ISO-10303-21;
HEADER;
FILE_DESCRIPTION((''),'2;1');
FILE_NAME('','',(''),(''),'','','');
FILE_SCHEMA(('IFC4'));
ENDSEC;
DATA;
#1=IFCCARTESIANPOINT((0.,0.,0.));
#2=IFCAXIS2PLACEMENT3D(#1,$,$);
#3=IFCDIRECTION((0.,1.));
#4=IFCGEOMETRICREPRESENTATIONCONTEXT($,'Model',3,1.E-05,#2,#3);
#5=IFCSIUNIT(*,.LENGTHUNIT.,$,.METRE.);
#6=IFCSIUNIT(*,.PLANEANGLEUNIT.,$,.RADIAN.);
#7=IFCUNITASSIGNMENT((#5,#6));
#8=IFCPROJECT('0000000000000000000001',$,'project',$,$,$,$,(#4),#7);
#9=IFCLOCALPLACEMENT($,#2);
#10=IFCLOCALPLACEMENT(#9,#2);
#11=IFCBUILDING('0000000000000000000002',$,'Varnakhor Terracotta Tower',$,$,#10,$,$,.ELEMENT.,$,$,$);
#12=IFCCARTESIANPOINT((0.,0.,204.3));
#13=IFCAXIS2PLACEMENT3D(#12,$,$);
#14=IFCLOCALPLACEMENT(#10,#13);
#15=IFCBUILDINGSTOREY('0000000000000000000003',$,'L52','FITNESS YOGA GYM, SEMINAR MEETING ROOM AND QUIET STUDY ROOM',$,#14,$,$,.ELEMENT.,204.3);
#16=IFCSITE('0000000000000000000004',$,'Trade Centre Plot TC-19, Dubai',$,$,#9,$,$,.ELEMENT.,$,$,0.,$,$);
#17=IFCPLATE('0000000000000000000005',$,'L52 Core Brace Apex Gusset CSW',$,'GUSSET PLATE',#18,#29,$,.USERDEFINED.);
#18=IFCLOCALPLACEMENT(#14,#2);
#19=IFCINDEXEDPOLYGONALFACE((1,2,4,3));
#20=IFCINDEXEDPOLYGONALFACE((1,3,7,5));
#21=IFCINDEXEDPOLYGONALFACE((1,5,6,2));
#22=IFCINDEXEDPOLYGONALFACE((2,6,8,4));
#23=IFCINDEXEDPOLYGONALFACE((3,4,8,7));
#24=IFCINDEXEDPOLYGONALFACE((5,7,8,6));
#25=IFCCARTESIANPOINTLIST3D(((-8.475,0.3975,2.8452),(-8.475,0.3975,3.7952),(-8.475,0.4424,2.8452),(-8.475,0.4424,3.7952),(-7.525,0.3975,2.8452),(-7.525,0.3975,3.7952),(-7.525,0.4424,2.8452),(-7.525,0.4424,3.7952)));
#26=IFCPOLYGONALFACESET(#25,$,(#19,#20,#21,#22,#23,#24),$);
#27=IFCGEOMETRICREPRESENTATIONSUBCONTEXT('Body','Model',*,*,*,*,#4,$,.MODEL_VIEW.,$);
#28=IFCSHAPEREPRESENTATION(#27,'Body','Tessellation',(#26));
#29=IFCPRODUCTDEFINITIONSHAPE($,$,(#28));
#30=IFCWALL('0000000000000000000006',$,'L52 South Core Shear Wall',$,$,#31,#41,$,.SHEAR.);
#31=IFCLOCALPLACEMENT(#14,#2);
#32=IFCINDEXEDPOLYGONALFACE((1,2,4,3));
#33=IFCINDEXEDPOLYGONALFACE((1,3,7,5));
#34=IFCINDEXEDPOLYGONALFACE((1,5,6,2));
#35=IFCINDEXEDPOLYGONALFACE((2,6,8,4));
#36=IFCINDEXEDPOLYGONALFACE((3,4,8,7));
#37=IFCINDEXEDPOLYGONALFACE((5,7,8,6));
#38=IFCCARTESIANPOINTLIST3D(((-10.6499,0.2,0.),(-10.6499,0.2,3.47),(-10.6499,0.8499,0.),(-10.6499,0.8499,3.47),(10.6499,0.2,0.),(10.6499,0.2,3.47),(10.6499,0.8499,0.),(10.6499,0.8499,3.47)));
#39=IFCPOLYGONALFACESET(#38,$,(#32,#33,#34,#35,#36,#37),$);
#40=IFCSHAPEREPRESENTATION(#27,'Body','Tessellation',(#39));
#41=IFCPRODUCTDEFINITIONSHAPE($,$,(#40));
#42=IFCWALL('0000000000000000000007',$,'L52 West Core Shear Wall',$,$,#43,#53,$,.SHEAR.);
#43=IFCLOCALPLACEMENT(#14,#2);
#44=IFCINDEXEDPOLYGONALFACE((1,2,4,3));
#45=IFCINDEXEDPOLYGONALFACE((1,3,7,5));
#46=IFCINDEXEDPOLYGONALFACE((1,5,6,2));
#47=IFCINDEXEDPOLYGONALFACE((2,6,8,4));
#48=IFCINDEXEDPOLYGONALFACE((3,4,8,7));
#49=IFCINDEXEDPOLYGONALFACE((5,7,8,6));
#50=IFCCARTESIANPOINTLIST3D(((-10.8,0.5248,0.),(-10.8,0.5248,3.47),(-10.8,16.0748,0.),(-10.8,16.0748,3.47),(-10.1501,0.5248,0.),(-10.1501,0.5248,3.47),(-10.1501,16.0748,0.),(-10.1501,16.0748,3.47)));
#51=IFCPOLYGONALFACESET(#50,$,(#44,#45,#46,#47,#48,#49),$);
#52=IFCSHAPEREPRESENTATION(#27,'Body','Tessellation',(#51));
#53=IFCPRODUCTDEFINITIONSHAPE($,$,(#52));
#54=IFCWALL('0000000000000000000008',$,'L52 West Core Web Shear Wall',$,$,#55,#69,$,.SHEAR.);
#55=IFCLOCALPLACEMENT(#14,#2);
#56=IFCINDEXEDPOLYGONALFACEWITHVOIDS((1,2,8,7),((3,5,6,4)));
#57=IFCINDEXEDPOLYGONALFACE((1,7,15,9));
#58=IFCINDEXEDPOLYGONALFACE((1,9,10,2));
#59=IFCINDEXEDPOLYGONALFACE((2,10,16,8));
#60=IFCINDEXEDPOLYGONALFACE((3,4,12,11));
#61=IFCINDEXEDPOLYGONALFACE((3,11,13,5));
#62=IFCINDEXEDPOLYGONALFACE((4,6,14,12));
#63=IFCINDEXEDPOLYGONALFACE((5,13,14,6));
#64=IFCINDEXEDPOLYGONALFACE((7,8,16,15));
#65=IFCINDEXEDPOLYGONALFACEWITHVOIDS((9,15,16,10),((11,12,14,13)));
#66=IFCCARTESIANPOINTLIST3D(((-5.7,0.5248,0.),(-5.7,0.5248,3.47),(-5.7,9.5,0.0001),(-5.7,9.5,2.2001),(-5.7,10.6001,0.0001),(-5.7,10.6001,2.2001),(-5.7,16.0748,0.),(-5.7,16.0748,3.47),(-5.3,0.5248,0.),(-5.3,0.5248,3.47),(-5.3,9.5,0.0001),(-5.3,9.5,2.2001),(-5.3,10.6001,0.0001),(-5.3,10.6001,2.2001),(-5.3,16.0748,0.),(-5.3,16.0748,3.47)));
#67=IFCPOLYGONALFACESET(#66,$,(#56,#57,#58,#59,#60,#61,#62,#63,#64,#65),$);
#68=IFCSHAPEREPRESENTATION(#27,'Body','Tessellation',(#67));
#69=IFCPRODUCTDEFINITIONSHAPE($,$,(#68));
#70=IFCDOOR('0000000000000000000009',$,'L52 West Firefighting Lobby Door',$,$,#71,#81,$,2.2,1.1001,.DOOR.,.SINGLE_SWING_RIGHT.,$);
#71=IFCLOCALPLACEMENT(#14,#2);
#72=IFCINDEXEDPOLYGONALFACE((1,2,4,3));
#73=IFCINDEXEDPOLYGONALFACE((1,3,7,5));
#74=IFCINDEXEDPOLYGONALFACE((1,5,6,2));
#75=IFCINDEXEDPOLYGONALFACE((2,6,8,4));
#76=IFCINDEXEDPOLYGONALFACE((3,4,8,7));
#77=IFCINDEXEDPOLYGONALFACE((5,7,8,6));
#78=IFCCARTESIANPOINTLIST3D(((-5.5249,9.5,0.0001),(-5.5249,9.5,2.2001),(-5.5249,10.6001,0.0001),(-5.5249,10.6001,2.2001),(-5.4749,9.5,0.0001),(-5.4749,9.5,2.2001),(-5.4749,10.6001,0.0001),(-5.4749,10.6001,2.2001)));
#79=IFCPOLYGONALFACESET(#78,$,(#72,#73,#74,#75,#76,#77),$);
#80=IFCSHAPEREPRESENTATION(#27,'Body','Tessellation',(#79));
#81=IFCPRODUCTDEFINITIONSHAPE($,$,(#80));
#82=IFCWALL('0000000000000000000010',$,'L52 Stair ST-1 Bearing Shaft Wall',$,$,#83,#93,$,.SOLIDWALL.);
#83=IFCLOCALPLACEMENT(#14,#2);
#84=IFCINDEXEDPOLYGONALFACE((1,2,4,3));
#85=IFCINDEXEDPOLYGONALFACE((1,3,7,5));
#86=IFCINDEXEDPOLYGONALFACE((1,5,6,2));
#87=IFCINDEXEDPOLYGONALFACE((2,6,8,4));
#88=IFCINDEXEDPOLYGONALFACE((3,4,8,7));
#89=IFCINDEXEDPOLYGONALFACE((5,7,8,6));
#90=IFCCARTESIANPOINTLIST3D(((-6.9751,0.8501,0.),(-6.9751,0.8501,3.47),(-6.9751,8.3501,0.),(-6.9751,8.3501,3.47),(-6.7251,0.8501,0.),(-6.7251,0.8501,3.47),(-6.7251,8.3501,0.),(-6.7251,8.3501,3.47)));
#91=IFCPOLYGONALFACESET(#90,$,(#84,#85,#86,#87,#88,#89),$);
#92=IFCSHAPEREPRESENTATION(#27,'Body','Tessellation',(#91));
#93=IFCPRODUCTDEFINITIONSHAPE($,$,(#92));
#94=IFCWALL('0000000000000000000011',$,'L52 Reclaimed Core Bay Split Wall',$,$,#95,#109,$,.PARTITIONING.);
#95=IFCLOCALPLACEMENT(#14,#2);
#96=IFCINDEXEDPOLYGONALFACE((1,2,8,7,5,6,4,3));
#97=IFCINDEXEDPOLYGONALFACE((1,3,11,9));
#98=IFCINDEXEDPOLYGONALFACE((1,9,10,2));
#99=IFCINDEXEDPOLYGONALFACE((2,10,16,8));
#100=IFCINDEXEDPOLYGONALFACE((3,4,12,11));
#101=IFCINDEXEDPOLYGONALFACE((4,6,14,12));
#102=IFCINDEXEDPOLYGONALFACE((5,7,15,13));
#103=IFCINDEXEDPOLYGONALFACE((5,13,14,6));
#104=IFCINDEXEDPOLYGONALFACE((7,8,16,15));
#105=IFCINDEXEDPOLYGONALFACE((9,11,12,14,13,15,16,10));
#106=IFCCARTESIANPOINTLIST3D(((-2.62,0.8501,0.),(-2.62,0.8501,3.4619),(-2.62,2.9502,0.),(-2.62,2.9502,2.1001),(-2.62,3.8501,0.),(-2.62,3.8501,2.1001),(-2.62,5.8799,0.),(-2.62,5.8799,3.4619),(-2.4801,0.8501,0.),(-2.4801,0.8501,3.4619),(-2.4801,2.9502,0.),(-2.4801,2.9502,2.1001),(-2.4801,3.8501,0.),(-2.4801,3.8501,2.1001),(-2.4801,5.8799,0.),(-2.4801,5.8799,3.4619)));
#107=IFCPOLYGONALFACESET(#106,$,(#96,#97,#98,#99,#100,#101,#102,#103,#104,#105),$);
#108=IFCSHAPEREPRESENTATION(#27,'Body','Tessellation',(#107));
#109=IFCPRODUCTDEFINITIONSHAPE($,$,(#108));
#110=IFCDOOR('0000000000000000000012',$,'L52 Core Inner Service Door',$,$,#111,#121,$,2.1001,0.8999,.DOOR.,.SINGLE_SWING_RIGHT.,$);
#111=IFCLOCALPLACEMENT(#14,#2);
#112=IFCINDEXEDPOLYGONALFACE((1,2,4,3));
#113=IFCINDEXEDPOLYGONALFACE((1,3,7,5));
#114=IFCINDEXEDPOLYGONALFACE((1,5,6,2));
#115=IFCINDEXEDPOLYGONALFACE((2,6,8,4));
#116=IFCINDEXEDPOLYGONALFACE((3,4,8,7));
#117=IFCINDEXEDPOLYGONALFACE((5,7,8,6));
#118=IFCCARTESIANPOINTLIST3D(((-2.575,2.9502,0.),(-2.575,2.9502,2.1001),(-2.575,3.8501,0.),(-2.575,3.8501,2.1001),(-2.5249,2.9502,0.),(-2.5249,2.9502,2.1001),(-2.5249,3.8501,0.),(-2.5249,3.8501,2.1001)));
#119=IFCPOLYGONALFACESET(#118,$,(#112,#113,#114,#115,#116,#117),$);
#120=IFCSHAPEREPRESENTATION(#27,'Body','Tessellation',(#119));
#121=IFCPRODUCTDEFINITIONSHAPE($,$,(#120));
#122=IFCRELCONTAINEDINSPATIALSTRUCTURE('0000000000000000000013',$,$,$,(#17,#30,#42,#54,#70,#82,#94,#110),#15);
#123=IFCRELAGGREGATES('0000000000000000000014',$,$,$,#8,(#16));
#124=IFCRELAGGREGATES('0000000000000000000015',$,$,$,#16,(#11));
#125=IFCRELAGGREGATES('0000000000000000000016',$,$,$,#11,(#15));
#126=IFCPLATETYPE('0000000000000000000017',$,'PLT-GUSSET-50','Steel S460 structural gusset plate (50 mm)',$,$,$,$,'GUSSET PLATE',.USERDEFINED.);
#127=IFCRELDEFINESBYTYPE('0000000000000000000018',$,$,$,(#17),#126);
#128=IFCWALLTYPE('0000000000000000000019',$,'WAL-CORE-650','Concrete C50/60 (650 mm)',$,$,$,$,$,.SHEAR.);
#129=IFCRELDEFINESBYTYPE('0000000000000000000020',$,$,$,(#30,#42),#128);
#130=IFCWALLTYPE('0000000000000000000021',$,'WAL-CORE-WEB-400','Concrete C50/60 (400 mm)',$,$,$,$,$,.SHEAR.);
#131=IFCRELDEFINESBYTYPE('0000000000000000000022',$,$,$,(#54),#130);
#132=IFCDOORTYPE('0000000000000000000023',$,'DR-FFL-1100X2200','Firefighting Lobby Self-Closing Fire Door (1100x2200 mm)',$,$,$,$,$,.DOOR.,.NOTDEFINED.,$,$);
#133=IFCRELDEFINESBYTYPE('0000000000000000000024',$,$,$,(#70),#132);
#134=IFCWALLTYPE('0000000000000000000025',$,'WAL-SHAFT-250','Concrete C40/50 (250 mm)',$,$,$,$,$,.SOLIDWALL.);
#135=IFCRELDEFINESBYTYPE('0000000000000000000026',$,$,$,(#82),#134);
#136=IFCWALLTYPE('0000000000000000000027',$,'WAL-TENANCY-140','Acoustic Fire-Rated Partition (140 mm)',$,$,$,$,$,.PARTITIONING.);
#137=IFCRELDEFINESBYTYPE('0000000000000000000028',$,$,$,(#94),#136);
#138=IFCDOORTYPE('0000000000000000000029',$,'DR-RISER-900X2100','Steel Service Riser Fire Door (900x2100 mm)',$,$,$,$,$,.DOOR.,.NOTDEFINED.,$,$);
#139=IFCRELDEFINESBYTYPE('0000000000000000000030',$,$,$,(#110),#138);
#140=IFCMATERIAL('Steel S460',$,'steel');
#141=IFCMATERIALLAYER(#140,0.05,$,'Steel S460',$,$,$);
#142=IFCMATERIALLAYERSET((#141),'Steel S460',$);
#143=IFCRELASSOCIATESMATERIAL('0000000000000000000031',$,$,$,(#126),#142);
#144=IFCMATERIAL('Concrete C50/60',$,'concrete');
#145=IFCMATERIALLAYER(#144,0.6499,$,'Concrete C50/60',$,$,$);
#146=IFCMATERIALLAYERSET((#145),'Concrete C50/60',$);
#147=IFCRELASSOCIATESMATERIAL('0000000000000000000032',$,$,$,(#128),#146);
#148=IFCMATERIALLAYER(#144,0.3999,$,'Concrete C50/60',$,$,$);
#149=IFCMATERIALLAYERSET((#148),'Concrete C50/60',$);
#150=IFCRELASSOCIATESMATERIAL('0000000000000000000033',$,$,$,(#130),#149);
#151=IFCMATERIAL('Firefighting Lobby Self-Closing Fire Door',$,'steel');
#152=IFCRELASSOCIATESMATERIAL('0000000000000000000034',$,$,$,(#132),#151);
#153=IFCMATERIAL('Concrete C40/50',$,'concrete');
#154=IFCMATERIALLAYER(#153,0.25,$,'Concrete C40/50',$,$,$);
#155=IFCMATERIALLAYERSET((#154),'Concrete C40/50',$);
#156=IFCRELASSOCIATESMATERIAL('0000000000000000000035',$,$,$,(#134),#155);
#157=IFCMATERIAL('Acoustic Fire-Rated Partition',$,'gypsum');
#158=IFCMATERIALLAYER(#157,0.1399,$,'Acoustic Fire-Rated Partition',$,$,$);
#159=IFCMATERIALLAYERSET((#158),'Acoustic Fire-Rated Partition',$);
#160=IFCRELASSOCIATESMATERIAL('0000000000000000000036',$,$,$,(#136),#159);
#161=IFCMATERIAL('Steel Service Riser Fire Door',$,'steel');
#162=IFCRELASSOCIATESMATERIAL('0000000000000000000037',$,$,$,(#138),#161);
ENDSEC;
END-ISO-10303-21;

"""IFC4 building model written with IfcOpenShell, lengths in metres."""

from ifc_helpers import new_model, si_unit, direction, frame, frame_2d, origin, origin_2d, place, context, subcontext, project, spatial, rectangle, extrude, source, transform, mapped, material, layer, layer_set, type_object, type_shapes, element, fill, save


model = new_model("IFC4")

# Units and contexts
model_context = context("Model", 3, precision=1e-05, world=origin(), true_north=direction((0.0, 1.0)))
body_context = subcontext(model_context, "Body", "Model", "MODEL_VIEW")
ifc_project = project(units=[si_unit("LENGTHUNIT", "METRE"), si_unit("PLANEANGLEUNIT", "RADIAN")], contexts=[model_context])

# Site, building, storey
site_placement = place(None, origin())
site = spatial("IfcSite", under=ifc_project, at=site_placement, Name="Trade Centre Plot TC-19, Dubai", CompositionType="ELEMENT", RefElevation=0.0)
building_placement = place(site_placement, origin())
building = spatial("IfcBuilding", under=site, at=building_placement, Name="Varnakhor Terracotta Tower", CompositionType="ELEMENT")
storey_placement = place(building_placement, frame((0.0, 0.0, 204.3)))
storey = spatial("IfcBuildingStorey", under=building, at=storey_placement, Name="L52", Description="FITNESS YOGA GYM, SEMINAR MEETING ROOM AND QUIET STUDY ROOM", CompositionType="ELEMENT", Elevation=204.3)

# Shared definitions
ifc_material_1 = material(Name="Concrete C50/60", Category="concrete")

# Shared definitions
ifc_material_2 = material(Name="Steel S460", Category="steel")

# Plate
ifc_layer_1 = layer(ifc_material_2, 0.05, Name="Steel S460")
ifc_layer_set_1 = layer_set([ifc_layer_1], Name="Steel S460")
plate_type = type_object("IfcPlateType", Name="PLT-GUSSET-50", Description="Steel S460 structural gusset plate (50 mm)", ElementType="GUSSET PLATE", PredefinedType="USERDEFINED", material=ifc_layer_set_1)
shared_shape_1 = source(origin(), body_context, "Body", "SweptSolid", [
    extrude(rectangle(XDim=0.95, YDim=0.0449, at=origin_2d()), origin(), (0.0, 0.0, 1.0), 0.95),
])
plate_placement = place(storey_placement, frame((-8.0, 0.4199, 2.8452), z_axis=(0.0, 0.0, 1.0), x_axis=(1.0, 0.0, 0.0)))
element("IfcPlate", 1, at=plate_placement, inside=storey, type_object=plate_type, Name="L52 Core Brace Apex Gusset CSW", ObjectType="GUSSET PLATE", PredefinedType="USERDEFINED", context=body_context, shape_type="MappedRepresentation", body=[
    mapped(shared_shape_1, transform((0.0, 0.0, 0.0), scale=1.0)),
])

# Walls
ifc_layer_2 = layer(ifc_material_1, 0.6499, Name="Concrete C50/60")
ifc_layer_set_2 = layer_set([ifc_layer_2], Name="Concrete C50/60")
wall_type_1 = type_object("IfcWallType", Name="WAL-CORE-650", Description="Concrete C50/60 (650 mm)", PredefinedType="SHEAR", material=ifc_layer_set_2)
wall_1_placement = place(storey_placement, frame((-10.6499, 0.5249, 0.0), z_axis=(0.0, 0.0, 1.0), x_axis=(1.0, 0.0, 0.0)))
element("IfcWall", 2, at=wall_1_placement, inside=storey, type_object=wall_type_1, Name="L52 South Core Shear Wall", PredefinedType="SHEAR", context=body_context, shape_type="SweptSolid", body=[
    extrude(rectangle(XDim=21.2998, YDim=0.6499, at=frame_2d((10.6499, 0.0))), origin(), (0.0, 0.0, 1.0), 3.47),
])
wall_2_placement = place(storey_placement, frame((-10.4751, 0.5249, 0.0), z_axis=(0.0, 0.0, 1.0), x_axis=(0.0, 1.0, 0.0)))
element("IfcWall", 3, at=wall_2_placement, inside=storey, type_object=wall_type_1, Name="L52 West Core Shear Wall", PredefinedType="SHEAR", context=body_context, shape_type="SweptSolid", body=[
    extrude(rectangle(XDim=15.55, YDim=0.6499, at=frame_2d((7.7749, 0.0))), origin(), (0.0, 0.0, 1.0), 3.47),
])

# Wall, opening, door
ifc_layer_3 = layer(ifc_material_1, 0.3999, Name="Concrete C50/60")
ifc_layer_set_3 = layer_set([ifc_layer_3], Name="Concrete C50/60")
wall_type_2 = type_object("IfcWallType", Name="WAL-CORE-WEB-400", Description="Concrete C50/60 (400 mm)", PredefinedType="SHEAR", material=ifc_layer_set_3)
wall_3_placement = place(storey_placement, frame((-5.5, 0.5249, 0.0), z_axis=(0.0, 0.0, 1.0), x_axis=(0.0, 1.0, 0.0)))
wall_3 = element("IfcWall", 4, at=wall_3_placement, inside=storey, type_object=wall_type_2, Name="L52 West Core Web Shear Wall", PredefinedType="SHEAR", context=body_context, shape_type="SweptSolid", body=[
    extrude(rectangle(XDim=15.55, YDim=0.3999, at=frame_2d((7.7749, 0.0))), origin(), (0.0, 0.0, 1.0), 3.47),
])
opening_1_placement = place(wall_3_placement, frame((8.9751, 0.0, 0.0)))
opening_1 = element("IfcOpeningElement", 5, at=opening_1_placement, cuts=wall_3, PredefinedType="OPENING", context=body_context, shape_type="SweptSolid", body=[
    extrude(rectangle(XDim=1.1001, YDim=2.2, at=frame_2d((0.55, 1.1001))), frame((0.0, 0.21, 0.0), z_axis=(0.0, -1.0, 0.0), x_axis=(1.0, 0.0, 0.0)), (0.0, 0.0, 1.0), 0.4199),
])
ifc_material_3 = material(Name="Firefighting Lobby Self-Closing Fire Door", Category="steel")
door_type_1 = type_object("IfcDoorType", Name="DR-FFL-1100X2200", Description="Firefighting Lobby Self-Closing Fire Door (1100x2200 mm)", OperationType="NOTDEFINED", PredefinedType="DOOR", material=ifc_material_3)
shared_shape_2 = source(origin(), body_context, "Body", "SweptSolid", [
    extrude(rectangle(XDim=1.1001, YDim=2.2, at=frame_2d((0.55, 1.1001))), frame((0.0, 0.0249, 0.0), z_axis=(0.0, -1.0, 0.0), x_axis=(1.0, 0.0, 0.0)), (0.0, 0.0, 1.0), 0.05),
])
type_shapes(door_type_1, [shared_shape_2])
door_1_placement = place(opening_1_placement, origin())
door_1 = element("IfcDoor", 6, at=door_1_placement, inside=storey, type_object=door_type_1, Name="L52 West Firefighting Lobby Door", OperationType="SINGLE_SWING_RIGHT", OverallHeight=2.2, OverallWidth=1.1001, PredefinedType="DOOR", context=body_context, shape_type="MappedRepresentation", body=[
    mapped(shared_shape_2, transform((0.0, 0.0, 0.0), scale=1.0)),
])
fill(opening_1, door_1)

# Wall
ifc_material_4 = material(Name="Concrete C40/50", Category="concrete")
ifc_layer_4 = layer(ifc_material_4, 0.25, Name="Concrete C40/50")
ifc_layer_set_4 = layer_set([ifc_layer_4], Name="Concrete C40/50")
wall_type_3 = type_object("IfcWallType", Name="WAL-SHAFT-250", Description="Concrete C40/50 (250 mm)", PredefinedType="SOLIDWALL", material=ifc_layer_set_4)
wall_4_placement = place(storey_placement, frame((-6.8501, 0.8501, 0.0), z_axis=(0.0, 0.0, 1.0), x_axis=(0.0, 1.0, 0.0)))
element("IfcWall", 7, at=wall_4_placement, inside=storey, type_object=wall_type_3, Name="L52 Stair ST-1 Bearing Shaft Wall", PredefinedType="SOLIDWALL", context=body_context, shape_type="SweptSolid", body=[
    extrude(rectangle(XDim=7.5, YDim=0.25, at=frame_2d((3.75, 0.0))), origin(), (0.0, 0.0, 1.0), 3.47),
])

# Wall, opening, door
ifc_material_5 = material(Name="Acoustic Fire-Rated Partition", Category="gypsum")
ifc_layer_5 = layer(ifc_material_5, 0.1399, Name="Acoustic Fire-Rated Partition")
ifc_layer_set_5 = layer_set([ifc_layer_5], Name="Acoustic Fire-Rated Partition")
wall_type_4 = type_object("IfcWallType", Name="WAL-TENANCY-140", Description="Acoustic Fire-Rated Partition (140 mm)", PredefinedType="PARTITIONING", material=ifc_layer_set_5)
wall_5_placement = place(storey_placement, frame((-2.55, 0.8501, 0.0), z_axis=(0.0, 0.0, 1.0), x_axis=(0.0, 1.0, 0.0)))
wall_5 = element("IfcWall", 8, at=wall_5_placement, inside=storey, type_object=wall_type_4, Name="L52 Reclaimed Core Bay Split Wall", PredefinedType="PARTITIONING", context=body_context, shape_type="SweptSolid", body=[
    extrude(rectangle(XDim=5.0298, YDim=0.1399, at=frame_2d((2.5149, 0.0))), origin(), (0.0, 0.0, 1.0), 3.4619),
])
opening_2_placement = place(wall_5_placement, frame((2.1001, 0.0, 0.0)))
opening_2 = element("IfcOpeningElement", 9, at=opening_2_placement, cuts=wall_5, PredefinedType="OPENING", context=body_context, shape_type="SweptSolid", body=[
    extrude(rectangle(XDim=0.8999, YDim=2.1001, at=frame_2d((0.45, 1.05))), frame((0.0, 0.0801, 0.0), z_axis=(0.0, -1.0, 0.0), x_axis=(1.0, 0.0, 0.0)), (0.0, 0.0, 1.0), 0.1599),
])
ifc_material_6 = material(Name="Steel Service Riser Fire Door", Category="steel")
door_type_2 = type_object("IfcDoorType", Name="DR-RISER-900X2100", Description="Steel Service Riser Fire Door (900x2100 mm)", OperationType="NOTDEFINED", PredefinedType="DOOR", material=ifc_material_6)
shared_shape_3 = source(origin(), body_context, "Body", "SweptSolid", [
    extrude(rectangle(XDim=0.8999, YDim=2.1001, at=frame_2d((0.45, 1.05))), frame((0.0, 0.0249, 0.0), z_axis=(0.0, -1.0, 0.0), x_axis=(1.0, 0.0, 0.0)), (0.0, 0.0, 1.0), 0.05),
])
type_shapes(door_type_2, [shared_shape_3])
door_2_placement = place(opening_2_placement, origin())
door_2 = element("IfcDoor", 10, at=door_2_placement, inside=storey, type_object=door_type_2, Name="L52 Core Inner Service Door", OperationType="SINGLE_SWING_RIGHT", OverallHeight=2.1001, OverallWidth=0.8999, PredefinedType="DOOR", context=body_context, shape_type="MappedRepresentation", body=[
    mapped(shared_shape_3, transform((0.0, 0.0, 0.0), scale=1.0)),
])
fill(opening_2, door_2)

save(model, "model.ifc")
